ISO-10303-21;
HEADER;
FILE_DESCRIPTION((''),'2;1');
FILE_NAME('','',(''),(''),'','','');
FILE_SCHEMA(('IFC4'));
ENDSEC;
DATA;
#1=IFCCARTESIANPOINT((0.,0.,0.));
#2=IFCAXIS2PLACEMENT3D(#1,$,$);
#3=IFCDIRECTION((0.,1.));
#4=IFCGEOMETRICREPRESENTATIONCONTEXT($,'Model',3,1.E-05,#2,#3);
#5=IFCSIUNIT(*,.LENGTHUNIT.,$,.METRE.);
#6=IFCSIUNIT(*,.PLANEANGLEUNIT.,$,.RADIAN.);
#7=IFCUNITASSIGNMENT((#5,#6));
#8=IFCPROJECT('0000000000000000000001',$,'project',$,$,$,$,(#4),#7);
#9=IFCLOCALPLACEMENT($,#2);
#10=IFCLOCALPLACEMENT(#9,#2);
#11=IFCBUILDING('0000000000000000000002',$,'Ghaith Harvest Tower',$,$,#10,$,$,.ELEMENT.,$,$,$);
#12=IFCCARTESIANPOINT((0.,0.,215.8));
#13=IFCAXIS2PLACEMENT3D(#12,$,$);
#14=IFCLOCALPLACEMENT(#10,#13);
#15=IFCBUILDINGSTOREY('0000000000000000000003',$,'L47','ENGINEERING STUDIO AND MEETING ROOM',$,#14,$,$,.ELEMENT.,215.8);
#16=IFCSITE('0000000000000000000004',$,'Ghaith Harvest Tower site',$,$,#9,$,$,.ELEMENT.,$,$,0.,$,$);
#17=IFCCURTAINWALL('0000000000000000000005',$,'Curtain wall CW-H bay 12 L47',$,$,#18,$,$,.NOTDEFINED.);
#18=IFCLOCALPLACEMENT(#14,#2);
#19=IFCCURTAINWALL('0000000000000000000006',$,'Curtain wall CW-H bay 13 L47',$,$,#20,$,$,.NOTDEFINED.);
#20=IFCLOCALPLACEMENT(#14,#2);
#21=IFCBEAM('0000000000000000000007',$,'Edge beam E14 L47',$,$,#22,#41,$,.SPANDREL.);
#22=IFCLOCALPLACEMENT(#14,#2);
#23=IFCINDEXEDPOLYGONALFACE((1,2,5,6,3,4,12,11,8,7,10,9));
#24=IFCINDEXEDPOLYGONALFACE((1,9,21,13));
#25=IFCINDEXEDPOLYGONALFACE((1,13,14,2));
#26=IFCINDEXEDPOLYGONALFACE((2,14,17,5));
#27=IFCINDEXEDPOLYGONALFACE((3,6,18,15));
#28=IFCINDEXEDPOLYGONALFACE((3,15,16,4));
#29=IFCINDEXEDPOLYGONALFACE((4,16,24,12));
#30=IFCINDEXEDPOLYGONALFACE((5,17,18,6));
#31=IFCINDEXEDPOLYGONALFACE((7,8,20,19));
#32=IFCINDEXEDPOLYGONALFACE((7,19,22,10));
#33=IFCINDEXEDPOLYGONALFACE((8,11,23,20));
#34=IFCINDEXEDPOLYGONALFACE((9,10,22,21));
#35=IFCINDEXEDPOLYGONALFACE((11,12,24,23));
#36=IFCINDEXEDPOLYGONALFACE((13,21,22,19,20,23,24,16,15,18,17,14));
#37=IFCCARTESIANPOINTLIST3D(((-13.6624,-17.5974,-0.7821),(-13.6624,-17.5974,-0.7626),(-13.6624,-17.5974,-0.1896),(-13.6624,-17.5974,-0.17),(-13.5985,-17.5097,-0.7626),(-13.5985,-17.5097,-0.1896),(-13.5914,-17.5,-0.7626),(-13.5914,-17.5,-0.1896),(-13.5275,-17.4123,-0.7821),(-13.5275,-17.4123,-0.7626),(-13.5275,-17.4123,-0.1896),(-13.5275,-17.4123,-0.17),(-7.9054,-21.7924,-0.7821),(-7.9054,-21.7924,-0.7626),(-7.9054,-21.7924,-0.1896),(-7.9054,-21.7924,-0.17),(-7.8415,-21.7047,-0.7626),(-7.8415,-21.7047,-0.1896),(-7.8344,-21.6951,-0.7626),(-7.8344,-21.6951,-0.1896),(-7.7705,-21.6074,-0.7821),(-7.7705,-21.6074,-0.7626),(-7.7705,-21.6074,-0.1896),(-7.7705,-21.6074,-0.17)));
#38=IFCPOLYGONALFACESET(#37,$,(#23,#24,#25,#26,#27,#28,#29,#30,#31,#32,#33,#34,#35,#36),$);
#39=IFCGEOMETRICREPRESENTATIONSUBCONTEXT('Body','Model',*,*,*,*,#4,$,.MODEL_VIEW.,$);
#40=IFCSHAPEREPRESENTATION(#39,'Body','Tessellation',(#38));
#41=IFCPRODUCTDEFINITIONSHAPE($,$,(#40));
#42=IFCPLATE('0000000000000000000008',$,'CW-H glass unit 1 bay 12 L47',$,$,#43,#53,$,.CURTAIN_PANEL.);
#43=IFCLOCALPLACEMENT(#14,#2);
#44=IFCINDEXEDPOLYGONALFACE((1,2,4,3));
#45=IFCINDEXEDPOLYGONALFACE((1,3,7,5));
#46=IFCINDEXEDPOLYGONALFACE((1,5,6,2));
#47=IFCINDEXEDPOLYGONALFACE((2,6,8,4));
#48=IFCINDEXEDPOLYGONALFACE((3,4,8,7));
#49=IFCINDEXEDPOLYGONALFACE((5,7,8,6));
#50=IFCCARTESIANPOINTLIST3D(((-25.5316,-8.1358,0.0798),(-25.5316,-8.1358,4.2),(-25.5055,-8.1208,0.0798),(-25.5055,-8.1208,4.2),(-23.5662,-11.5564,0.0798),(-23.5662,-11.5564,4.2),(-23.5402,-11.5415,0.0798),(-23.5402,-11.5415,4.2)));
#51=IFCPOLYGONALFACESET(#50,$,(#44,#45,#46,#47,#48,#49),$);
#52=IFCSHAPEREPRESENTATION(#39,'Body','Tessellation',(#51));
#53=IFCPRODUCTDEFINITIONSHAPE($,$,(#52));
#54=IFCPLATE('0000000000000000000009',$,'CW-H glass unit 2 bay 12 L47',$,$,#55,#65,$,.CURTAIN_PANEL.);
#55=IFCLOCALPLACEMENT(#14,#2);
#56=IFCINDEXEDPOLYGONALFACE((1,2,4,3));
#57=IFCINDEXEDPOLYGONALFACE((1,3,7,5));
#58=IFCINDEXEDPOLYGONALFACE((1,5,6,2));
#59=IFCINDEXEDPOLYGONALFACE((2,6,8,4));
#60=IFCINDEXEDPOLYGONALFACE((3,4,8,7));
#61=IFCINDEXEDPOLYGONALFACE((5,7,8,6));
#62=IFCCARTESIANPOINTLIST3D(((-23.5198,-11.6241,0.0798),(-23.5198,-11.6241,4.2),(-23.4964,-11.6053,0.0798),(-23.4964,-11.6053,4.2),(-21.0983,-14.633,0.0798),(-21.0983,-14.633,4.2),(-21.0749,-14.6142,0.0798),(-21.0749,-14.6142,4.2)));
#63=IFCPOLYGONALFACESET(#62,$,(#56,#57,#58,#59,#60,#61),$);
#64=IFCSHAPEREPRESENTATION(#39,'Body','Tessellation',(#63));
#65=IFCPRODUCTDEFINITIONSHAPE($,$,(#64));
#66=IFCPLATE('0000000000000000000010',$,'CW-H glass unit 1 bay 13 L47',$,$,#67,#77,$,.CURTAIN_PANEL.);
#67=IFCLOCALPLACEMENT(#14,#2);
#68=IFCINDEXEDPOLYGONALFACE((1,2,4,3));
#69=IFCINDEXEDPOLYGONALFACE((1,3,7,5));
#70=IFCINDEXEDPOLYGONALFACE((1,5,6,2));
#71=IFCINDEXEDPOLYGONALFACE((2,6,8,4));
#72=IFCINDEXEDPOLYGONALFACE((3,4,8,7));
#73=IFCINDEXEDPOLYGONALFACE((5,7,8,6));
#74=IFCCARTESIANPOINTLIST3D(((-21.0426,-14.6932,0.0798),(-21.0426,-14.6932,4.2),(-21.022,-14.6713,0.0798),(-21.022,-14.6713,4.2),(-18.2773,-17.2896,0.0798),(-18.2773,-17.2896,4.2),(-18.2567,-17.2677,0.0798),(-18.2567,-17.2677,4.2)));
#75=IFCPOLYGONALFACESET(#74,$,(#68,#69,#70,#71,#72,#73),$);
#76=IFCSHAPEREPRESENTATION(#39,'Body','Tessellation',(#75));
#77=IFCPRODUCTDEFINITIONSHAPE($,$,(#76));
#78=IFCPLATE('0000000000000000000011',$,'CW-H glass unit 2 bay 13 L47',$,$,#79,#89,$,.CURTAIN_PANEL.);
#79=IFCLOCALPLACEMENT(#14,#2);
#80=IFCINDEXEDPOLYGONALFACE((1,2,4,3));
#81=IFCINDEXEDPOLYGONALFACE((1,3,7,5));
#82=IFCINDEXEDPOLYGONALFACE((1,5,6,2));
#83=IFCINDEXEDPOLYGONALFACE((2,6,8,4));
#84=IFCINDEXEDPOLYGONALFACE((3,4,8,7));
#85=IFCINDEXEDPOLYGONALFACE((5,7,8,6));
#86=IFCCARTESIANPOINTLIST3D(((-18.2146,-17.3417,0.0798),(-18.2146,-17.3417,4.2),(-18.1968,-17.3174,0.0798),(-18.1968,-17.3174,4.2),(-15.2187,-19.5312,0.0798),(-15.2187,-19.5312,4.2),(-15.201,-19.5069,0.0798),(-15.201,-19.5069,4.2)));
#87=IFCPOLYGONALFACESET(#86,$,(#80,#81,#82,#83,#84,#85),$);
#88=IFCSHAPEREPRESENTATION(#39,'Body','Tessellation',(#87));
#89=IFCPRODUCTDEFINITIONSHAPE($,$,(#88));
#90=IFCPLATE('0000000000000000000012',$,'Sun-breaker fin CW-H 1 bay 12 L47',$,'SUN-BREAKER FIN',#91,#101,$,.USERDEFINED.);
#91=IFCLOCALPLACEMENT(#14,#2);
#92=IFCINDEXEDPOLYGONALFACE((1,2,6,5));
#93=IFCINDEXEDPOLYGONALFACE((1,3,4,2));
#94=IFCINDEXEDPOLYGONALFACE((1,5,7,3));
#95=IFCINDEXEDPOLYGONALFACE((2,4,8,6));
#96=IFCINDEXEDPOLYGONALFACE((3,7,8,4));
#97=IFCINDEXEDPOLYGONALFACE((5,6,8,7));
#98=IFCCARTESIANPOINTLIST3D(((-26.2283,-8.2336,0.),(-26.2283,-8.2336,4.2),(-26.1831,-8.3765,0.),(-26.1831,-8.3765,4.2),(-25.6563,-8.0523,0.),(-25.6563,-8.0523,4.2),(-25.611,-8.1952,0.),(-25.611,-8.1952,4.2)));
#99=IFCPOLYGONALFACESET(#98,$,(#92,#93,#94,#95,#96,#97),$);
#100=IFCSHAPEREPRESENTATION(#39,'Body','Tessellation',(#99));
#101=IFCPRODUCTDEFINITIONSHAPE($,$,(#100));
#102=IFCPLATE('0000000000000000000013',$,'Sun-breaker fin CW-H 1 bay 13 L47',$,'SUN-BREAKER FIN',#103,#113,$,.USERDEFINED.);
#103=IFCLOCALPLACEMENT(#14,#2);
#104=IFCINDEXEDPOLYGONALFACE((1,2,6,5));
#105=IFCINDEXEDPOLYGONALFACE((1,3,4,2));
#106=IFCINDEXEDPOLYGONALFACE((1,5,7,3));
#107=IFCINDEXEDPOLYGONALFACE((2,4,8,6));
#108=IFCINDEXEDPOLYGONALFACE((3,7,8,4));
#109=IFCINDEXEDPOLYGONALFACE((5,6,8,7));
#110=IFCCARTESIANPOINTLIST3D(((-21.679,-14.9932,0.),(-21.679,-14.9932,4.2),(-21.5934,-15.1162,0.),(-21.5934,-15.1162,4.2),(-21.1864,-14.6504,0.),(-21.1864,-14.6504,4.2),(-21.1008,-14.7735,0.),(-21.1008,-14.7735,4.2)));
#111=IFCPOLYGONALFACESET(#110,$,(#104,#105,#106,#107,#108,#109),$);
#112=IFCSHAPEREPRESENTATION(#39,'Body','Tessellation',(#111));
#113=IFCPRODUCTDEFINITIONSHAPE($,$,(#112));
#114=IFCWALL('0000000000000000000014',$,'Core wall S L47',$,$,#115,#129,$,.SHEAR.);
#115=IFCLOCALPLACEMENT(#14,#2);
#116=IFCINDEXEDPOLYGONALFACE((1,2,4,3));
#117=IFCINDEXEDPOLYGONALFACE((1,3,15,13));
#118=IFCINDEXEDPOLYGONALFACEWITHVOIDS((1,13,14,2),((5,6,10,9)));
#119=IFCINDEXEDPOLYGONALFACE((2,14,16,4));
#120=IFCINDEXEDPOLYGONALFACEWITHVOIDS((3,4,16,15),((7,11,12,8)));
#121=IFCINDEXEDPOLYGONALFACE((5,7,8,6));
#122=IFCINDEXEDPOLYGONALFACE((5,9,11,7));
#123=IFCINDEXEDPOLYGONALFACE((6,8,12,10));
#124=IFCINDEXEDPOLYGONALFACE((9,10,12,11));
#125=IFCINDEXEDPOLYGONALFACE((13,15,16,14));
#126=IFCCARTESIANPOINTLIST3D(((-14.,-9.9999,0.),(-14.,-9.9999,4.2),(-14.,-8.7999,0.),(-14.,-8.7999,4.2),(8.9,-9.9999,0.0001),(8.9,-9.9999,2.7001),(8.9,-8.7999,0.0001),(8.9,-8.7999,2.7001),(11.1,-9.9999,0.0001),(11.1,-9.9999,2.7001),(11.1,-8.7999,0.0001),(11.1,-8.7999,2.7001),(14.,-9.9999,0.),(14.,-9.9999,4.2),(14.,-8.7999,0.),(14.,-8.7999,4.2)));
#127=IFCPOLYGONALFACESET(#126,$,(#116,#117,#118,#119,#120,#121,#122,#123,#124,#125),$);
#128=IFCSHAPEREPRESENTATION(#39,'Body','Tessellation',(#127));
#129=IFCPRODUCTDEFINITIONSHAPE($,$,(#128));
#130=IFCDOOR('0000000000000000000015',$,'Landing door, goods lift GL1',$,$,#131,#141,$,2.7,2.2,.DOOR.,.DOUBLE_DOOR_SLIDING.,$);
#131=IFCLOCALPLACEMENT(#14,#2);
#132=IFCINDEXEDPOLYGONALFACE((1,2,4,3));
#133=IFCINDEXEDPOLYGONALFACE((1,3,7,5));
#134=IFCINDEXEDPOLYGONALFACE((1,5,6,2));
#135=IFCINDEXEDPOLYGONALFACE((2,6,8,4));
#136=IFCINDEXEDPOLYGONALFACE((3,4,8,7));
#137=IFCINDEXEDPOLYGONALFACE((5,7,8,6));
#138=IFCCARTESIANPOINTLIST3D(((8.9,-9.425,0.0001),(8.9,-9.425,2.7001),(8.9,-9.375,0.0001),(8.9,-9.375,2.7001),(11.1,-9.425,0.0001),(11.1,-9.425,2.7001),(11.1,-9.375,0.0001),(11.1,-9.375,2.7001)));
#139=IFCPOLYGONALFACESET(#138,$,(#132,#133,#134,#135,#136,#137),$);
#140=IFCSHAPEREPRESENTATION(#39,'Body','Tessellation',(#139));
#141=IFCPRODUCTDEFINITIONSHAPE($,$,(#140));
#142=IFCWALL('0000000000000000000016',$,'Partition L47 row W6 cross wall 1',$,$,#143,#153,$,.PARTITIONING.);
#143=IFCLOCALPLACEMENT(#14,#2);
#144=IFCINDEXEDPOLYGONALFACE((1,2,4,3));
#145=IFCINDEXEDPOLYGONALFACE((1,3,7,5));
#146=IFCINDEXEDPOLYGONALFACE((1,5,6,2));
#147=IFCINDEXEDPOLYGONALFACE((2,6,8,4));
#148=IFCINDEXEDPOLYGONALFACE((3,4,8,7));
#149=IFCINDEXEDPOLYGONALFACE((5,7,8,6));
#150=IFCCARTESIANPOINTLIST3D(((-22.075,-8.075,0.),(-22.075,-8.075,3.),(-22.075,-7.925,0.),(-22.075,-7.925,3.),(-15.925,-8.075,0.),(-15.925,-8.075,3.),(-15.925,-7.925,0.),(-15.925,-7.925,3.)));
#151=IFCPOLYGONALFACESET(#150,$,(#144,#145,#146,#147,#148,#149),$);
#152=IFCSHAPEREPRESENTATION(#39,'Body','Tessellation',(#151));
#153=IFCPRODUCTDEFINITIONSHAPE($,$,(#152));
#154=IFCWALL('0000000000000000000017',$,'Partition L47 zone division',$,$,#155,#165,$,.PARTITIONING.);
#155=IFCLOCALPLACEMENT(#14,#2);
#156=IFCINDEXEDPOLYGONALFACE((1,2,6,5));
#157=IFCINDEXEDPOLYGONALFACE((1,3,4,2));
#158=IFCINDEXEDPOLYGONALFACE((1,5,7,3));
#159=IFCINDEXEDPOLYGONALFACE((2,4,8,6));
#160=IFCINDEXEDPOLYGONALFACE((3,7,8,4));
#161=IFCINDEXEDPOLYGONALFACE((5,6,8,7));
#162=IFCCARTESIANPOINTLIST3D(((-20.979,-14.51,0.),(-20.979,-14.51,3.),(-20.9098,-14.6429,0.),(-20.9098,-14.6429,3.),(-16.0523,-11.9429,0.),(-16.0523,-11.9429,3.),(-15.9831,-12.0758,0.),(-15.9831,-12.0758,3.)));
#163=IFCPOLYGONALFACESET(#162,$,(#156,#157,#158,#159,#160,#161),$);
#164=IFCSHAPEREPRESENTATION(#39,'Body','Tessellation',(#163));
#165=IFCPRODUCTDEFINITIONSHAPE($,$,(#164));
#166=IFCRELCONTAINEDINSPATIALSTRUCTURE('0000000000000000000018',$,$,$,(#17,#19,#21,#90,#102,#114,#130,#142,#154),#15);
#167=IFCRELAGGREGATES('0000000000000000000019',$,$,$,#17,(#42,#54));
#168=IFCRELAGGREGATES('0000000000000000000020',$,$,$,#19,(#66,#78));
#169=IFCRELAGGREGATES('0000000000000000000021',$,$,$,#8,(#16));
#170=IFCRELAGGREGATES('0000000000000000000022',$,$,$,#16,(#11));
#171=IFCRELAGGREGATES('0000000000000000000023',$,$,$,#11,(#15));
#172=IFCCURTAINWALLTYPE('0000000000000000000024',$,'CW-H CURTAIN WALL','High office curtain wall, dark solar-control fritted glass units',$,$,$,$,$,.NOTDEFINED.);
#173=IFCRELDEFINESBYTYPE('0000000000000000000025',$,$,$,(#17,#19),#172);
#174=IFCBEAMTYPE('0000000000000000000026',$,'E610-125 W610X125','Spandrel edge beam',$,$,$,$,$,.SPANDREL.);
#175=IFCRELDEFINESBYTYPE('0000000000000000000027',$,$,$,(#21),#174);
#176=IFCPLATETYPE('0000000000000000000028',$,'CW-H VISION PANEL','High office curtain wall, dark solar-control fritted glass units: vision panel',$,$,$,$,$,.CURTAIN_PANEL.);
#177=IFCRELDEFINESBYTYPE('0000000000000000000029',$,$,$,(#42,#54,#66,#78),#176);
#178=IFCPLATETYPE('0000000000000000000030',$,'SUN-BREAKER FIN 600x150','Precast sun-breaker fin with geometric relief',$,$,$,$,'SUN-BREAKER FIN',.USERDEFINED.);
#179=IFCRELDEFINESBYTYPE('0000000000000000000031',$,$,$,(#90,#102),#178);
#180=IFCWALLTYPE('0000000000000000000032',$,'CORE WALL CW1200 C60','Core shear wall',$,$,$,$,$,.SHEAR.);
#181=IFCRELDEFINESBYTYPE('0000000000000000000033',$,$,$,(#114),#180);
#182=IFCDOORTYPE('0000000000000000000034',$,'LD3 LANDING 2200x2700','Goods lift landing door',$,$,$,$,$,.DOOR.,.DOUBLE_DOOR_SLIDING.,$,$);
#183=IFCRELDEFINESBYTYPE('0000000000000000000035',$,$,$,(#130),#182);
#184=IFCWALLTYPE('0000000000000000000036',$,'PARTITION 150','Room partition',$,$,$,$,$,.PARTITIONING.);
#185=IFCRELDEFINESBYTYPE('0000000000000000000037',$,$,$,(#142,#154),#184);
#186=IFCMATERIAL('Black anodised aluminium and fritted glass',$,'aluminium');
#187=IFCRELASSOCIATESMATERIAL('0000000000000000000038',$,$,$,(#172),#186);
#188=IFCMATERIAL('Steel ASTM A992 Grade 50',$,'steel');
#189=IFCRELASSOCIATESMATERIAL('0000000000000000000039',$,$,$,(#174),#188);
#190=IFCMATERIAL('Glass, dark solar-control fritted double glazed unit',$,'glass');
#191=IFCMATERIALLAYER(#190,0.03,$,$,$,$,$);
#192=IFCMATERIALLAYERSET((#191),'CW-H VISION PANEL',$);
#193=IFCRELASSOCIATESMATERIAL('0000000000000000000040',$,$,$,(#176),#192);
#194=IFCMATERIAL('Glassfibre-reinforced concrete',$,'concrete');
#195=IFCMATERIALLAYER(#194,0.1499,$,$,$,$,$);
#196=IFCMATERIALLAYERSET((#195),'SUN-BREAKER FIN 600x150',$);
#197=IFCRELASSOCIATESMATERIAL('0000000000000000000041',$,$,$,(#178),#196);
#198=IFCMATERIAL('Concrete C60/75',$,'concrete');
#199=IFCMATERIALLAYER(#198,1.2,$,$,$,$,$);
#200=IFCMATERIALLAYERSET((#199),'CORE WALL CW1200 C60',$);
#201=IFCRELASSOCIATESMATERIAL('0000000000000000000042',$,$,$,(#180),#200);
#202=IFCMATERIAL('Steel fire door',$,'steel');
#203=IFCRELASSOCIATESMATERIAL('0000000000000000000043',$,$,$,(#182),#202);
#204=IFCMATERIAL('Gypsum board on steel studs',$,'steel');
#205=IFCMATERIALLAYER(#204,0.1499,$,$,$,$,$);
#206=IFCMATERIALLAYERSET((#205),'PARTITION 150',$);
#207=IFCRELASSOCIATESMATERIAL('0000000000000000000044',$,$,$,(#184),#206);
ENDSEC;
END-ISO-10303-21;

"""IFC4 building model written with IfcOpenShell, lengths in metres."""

from ifc_helpers import new_model, si_unit, direction, frame, frame_2d, origin, origin_2d, place, context, subcontext, project, spatial, rectangle, i_section, extrude, material, layer, layer_set, material_profile, profile_set, type_object, element, fill, aggregate, save


model = new_model("IFC4")

# Units and contexts
model_context = context("Model", 3, precision=1e-05, world=origin(), true_north=direction((0.0, 1.0)))
body_context = subcontext(model_context, "Body", "Model", "MODEL_VIEW")
ifc_project = project(units=[si_unit("LENGTHUNIT", "METRE"), si_unit("PLANEANGLEUNIT", "RADIAN")], contexts=[model_context])

# Site, building, storey
site_placement = place(None, origin())
site = spatial("IfcSite", under=ifc_project, at=site_placement, Name="Ghaith Harvest Tower site", CompositionType="ELEMENT", RefElevation=0.0)
building_placement = place(site_placement, origin())
building = spatial("IfcBuilding", under=site, at=building_placement, Name="Ghaith Harvest Tower", CompositionType="ELEMENT")
storey_placement = place(building_placement, frame((0.0, 0.0, 215.8)))
storey = spatial("IfcBuildingStorey", under=building, at=storey_placement, Name="L47", Description="ENGINEERING STUDIO AND MEETING ROOM", CompositionType="ELEMENT", Elevation=215.8)

# Curtain walls
ifc_material_1 = material(Name="Black anodised aluminium and fritted glass", Category="aluminium")
curtain_wall_type = type_object("IfcCurtainWallType", Name="CW-H CURTAIN WALL", Description="High office curtain wall, dark solar-control fritted glass units", PredefinedType="NOTDEFINED", material=ifc_material_1)
curtain_wall_1_placement = place(storey_placement, origin())
curtain_wall_1 = element("IfcCurtainWall", 1, at=curtain_wall_1_placement, inside=storey, type_object=curtain_wall_type, Name="Curtain wall CW-H bay 12 L47", PredefinedType="NOTDEFINED")
curtain_wall_2_placement = place(storey_placement, origin())
curtain_wall_2 = element("IfcCurtainWall", 2, at=curtain_wall_2_placement, inside=storey, type_object=curtain_wall_type, Name="Curtain wall CW-H bay 13 L47", PredefinedType="NOTDEFINED")

# Beam
ifc_material_2 = material(Name="Steel ASTM A992 Grade 50", Category="steel")
ifc_material_profile_1 = material_profile(ifc_material_2, i_section(OverallWidth=0.229, OverallDepth=0.6121, WebThickness=0.012, FlangeThickness=0.0195, at=origin_2d()), Name="W610X125")
ifc_profile_set_1 = profile_set([ifc_material_profile_1], Name="Steel ASTM A992 Grade 50")
beam_type = type_object("IfcBeamType", Name="E610-125 W610X125", Description="Spandrel edge beam", PredefinedType="SPANDREL", material=ifc_profile_set_1)
beam_1_placement = place(storey_placement, frame((-13.595, -17.5049, -0.4761), z_axis=(0.808195, -0.588915, 0.0), x_axis=(0.588915, 0.808195, 0.0)))
element("IfcBeam", 3, at=beam_1_placement, inside=storey, type_object=beam_type, Name="Edge beam E14 L47", PredefinedType="SPANDREL", context=body_context, shape_type="SweptSolid", body=[
    extrude(i_section(OverallWidth=0.229, OverallDepth=0.6121, WebThickness=0.012, FlangeThickness=0.0195, at=origin_2d()), origin(), (0.0, 0.0, 1.0), 7.1233),
])

# Plates
ifc_material_3 = material(Name="Glass, dark solar-control fritted double glazed unit", Category="glass")
ifc_layer_1 = layer(ifc_material_3, 0.03)
ifc_layer_set_1 = layer_set([ifc_layer_1], Name="CW-H VISION PANEL")
plate_type_1 = type_object("IfcPlateType", Name="CW-H VISION PANEL", Description="High office curtain wall, dark solar-control fritted glass units: vision panel", PredefinedType="CURTAIN_PANEL", material=ifc_layer_set_1)
plate_1_placement = place(storey_placement, frame((-24.5359, -9.8386, 0.0798), z_axis=(0.0, 0.0, 1.0), x_axis=(0.49818, -0.867074, 0.0)))
plate_1 = element("IfcPlate", 4, at=plate_1_placement, type_object=plate_type_1, Name="CW-H glass unit 1 bay 12 L47", PredefinedType="CURTAIN_PANEL", context=body_context, shape_type="SweptSolid", body=[
    extrude(rectangle(XDim=3.9451, YDim=0.03, at=origin_2d()), origin(), (0.0, 0.0, 1.0), 4.1201),
])
plate_2_placement = place(storey_placement, frame((-22.2974, -13.1191, 0.0798), z_axis=(0.0, 0.0, 1.0), x_axis=(0.626957, -0.779054, 0.0)))
plate_2 = element("IfcPlate", 5, at=plate_2_placement, type_object=plate_type_1, Name="CW-H glass unit 2 bay 12 L47", PredefinedType="CURTAIN_PANEL", context=body_context, shape_type="SweptSolid", body=[
    extrude(rectangle(XDim=3.8623, YDim=0.03, at=origin_2d()), origin(), (0.0, 0.0, 1.0), 4.1201),
])
aggregate(curtain_wall_1, [plate_1, plate_2])
plate_3_placement = place(storey_placement, frame((-19.6497, -15.9805, 0.0798), z_axis=(0.0, 0.0, 1.0), x_axis=(0.729017, -0.684496, 0.0)))
plate_3 = element("IfcPlate", 6, at=plate_3_placement, type_object=plate_type_1, Name="CW-H glass unit 1 bay 13 L47", PredefinedType="CURTAIN_PANEL", context=body_context, shape_type="SweptSolid", body=[
    extrude(rectangle(XDim=3.7932, YDim=0.03, at=origin_2d()), origin(), (0.0, 0.0, 1.0), 4.1201),
])
plate_4_placement = place(storey_placement, frame((-16.7078, -18.4243, 0.0798), z_axis=(0.0, 0.0, 1.0), x_axis=(0.807364, -0.590054, 0.0)))
plate_4 = element("IfcPlate", 7, at=plate_4_placement, type_object=plate_type_1, Name="CW-H glass unit 2 bay 13 L47", PredefinedType="CURTAIN_PANEL", context=body_context, shape_type="SweptSolid", body=[
    extrude(rectangle(XDim=3.7107, YDim=0.03, at=origin_2d()), origin(), (0.0, 0.0, 1.0), 4.1201),
])
aggregate(curtain_wall_2, [plate_3, plate_4])

# Plates
ifc_material_4 = material(Name="Glassfibre-reinforced concrete", Category="concrete")
ifc_layer_2 = layer(ifc_material_4, 0.1499)
ifc_layer_set_2 = layer_set([ifc_layer_2], Name="SUN-BREAKER FIN 600x150")
plate_type_2 = type_object("IfcPlateType", Name="SUN-BREAKER FIN 600x150", Description="Precast sun-breaker fin with geometric relief", ElementType="SUN-BREAKER FIN", PredefinedType="USERDEFINED", material=ifc_layer_set_2)
for number, where, z_axis, x_axis, name in (
    (8, (-25.9197, -8.2144, 0.0), (0.0, 0.0, 1.0), (-0.953273, -0.30211, 0.0), "Sun-breaker fin CW-H 1 bay 12 L47"),
    (9, (-21.3899, -14.8833, 0.0), (0.0, 0.0, 1.0), (-0.820845, -0.57115, 0.0), "Sun-breaker fin CW-H 1 bay 13 L47"),
):
    element("IfcPlate", number, at=place(storey_placement, frame(where, z_axis=z_axis, x_axis=x_axis)), inside=storey, type_object=plate_type_2, Name=name, ObjectType="SUN-BREAKER FIN", PredefinedType="USERDEFINED", context=body_context, shape_type="SweptSolid", body=[
        extrude(rectangle(XDim=0.6001, YDim=0.1499, at=origin_2d()), origin(), (0.0, 0.0, 1.0), 4.2),
    ])

# Wall, opening, door
ifc_material_5 = material(Name="Concrete C60/75", Category="concrete")
ifc_layer_3 = layer(ifc_material_5, 1.2)
ifc_layer_set_3 = layer_set([ifc_layer_3], Name="CORE WALL CW1200 C60")
wall_type_1 = type_object("IfcWallType", Name="CORE WALL CW1200 C60", Description="Core shear wall", PredefinedType="SHEAR", material=ifc_layer_set_3)
wall_1_placement = place(storey_placement, frame((-14.0, -9.3999, 0.0), z_axis=(0.0, 0.0, 1.0), x_axis=(1.0, 0.0, 0.0)))
wall_1 = element("IfcWall", 10, at=wall_1_placement, inside=storey, type_object=wall_type_1, Name="Core wall S L47", PredefinedType="SHEAR", context=body_context, shape_type="SweptSolid", body=[
    extrude(rectangle(XDim=28.0, YDim=1.2, at=frame_2d((14.0, 0.0))), origin(), (0.0, 0.0, 1.0), 4.2),
])
opening_1_placement = place(wall_1_placement, frame((22.8999, 0.0, 0.0)))
opening_1 = element("IfcOpeningElement", 11, at=opening_1_placement, cuts=wall_1, PredefinedType="OPENING", context=body_context, shape_type="SweptSolid", body=[
    extrude(rectangle(XDim=2.2, YDim=2.7, at=frame_2d((1.1001, 1.3501))), frame((0.0, 0.6099, 0.0), z_axis=(0.0, -1.0, 0.0), x_axis=(1.0, 0.0, 0.0)), (0.0, 0.0, 1.0), 1.22),
])
ifc_material_6 = material(Name="Steel fire door", Category="steel")
door_type_1 = type_object("IfcDoorType", Name="LD3 LANDING 2200x2700", Description="Goods lift landing door", OperationType="DOUBLE_DOOR_SLIDING", PredefinedType="DOOR", material=ifc_material_6)
door_1_placement = place(opening_1_placement, origin())
door_1 = element("IfcDoor", 12, at=door_1_placement, inside=storey, type_object=door_type_1, Name="Landing door, goods lift GL1", OperationType="DOUBLE_DOOR_SLIDING", OverallHeight=2.7, OverallWidth=2.2, PredefinedType="DOOR", context=body_context, shape_type="SweptSolid", body=[
    extrude(rectangle(XDim=2.2, YDim=2.7, at=frame_2d((1.1001, 1.3501))), frame((0.0, 0.0249, 0.0), z_axis=(0.0, -1.0, 0.0), x_axis=(1.0, 0.0, 0.0)), (0.0, 0.0, 1.0), 0.05),
])
fill(opening_1, door_1)

# Walls
ifc_material_7 = material(Name="Gypsum board on steel studs", Category="steel")
ifc_layer_4 = layer(ifc_material_7, 0.1499)
ifc_layer_set_4 = layer_set([ifc_layer_4], Name="PARTITION 150")
wall_type_2 = type_object("IfcWallType", Name="PARTITION 150", Description="Room partition", PredefinedType="PARTITIONING", material=ifc_layer_set_4)
wall_2_placement = place(storey_placement, frame((-15.925, -8.0, 0.0), z_axis=(0.0, 0.0, 1.0), x_axis=(-1.0, 0.0, 0.0)))
element("IfcWall", 13, at=wall_2_placement, inside=storey, type_object=wall_type_2, Name="Partition L47 row W6 cross wall 1", PredefinedType="PARTITIONING", context=body_context, shape_type="SweptSolid", body=[
    extrude(rectangle(XDim=6.1499, YDim=0.1499, at=frame_2d((3.075, 0.0))), origin(), (0.0, 0.0, 1.0), 3.0),
])
wall_3_placement = place(storey_placement, frame((-16.0176, -12.0093, 0.0), z_axis=(0.0, 0.0, 1.0), x_axis=(-0.886832, -0.462093, 0.0)))
element("IfcWall", 14, at=wall_3_placement, inside=storey, type_object=wall_type_2, Name="Partition L47 zone division", PredefinedType="PARTITIONING", context=body_context, shape_type="SweptSolid", body=[
    extrude(rectangle(XDim=5.5554, YDim=0.1499, at=frame_2d((2.7778, 0.0))), origin(), (0.0, 0.0, 1.0), 3.0),
])

save(model, "model.ifc")
